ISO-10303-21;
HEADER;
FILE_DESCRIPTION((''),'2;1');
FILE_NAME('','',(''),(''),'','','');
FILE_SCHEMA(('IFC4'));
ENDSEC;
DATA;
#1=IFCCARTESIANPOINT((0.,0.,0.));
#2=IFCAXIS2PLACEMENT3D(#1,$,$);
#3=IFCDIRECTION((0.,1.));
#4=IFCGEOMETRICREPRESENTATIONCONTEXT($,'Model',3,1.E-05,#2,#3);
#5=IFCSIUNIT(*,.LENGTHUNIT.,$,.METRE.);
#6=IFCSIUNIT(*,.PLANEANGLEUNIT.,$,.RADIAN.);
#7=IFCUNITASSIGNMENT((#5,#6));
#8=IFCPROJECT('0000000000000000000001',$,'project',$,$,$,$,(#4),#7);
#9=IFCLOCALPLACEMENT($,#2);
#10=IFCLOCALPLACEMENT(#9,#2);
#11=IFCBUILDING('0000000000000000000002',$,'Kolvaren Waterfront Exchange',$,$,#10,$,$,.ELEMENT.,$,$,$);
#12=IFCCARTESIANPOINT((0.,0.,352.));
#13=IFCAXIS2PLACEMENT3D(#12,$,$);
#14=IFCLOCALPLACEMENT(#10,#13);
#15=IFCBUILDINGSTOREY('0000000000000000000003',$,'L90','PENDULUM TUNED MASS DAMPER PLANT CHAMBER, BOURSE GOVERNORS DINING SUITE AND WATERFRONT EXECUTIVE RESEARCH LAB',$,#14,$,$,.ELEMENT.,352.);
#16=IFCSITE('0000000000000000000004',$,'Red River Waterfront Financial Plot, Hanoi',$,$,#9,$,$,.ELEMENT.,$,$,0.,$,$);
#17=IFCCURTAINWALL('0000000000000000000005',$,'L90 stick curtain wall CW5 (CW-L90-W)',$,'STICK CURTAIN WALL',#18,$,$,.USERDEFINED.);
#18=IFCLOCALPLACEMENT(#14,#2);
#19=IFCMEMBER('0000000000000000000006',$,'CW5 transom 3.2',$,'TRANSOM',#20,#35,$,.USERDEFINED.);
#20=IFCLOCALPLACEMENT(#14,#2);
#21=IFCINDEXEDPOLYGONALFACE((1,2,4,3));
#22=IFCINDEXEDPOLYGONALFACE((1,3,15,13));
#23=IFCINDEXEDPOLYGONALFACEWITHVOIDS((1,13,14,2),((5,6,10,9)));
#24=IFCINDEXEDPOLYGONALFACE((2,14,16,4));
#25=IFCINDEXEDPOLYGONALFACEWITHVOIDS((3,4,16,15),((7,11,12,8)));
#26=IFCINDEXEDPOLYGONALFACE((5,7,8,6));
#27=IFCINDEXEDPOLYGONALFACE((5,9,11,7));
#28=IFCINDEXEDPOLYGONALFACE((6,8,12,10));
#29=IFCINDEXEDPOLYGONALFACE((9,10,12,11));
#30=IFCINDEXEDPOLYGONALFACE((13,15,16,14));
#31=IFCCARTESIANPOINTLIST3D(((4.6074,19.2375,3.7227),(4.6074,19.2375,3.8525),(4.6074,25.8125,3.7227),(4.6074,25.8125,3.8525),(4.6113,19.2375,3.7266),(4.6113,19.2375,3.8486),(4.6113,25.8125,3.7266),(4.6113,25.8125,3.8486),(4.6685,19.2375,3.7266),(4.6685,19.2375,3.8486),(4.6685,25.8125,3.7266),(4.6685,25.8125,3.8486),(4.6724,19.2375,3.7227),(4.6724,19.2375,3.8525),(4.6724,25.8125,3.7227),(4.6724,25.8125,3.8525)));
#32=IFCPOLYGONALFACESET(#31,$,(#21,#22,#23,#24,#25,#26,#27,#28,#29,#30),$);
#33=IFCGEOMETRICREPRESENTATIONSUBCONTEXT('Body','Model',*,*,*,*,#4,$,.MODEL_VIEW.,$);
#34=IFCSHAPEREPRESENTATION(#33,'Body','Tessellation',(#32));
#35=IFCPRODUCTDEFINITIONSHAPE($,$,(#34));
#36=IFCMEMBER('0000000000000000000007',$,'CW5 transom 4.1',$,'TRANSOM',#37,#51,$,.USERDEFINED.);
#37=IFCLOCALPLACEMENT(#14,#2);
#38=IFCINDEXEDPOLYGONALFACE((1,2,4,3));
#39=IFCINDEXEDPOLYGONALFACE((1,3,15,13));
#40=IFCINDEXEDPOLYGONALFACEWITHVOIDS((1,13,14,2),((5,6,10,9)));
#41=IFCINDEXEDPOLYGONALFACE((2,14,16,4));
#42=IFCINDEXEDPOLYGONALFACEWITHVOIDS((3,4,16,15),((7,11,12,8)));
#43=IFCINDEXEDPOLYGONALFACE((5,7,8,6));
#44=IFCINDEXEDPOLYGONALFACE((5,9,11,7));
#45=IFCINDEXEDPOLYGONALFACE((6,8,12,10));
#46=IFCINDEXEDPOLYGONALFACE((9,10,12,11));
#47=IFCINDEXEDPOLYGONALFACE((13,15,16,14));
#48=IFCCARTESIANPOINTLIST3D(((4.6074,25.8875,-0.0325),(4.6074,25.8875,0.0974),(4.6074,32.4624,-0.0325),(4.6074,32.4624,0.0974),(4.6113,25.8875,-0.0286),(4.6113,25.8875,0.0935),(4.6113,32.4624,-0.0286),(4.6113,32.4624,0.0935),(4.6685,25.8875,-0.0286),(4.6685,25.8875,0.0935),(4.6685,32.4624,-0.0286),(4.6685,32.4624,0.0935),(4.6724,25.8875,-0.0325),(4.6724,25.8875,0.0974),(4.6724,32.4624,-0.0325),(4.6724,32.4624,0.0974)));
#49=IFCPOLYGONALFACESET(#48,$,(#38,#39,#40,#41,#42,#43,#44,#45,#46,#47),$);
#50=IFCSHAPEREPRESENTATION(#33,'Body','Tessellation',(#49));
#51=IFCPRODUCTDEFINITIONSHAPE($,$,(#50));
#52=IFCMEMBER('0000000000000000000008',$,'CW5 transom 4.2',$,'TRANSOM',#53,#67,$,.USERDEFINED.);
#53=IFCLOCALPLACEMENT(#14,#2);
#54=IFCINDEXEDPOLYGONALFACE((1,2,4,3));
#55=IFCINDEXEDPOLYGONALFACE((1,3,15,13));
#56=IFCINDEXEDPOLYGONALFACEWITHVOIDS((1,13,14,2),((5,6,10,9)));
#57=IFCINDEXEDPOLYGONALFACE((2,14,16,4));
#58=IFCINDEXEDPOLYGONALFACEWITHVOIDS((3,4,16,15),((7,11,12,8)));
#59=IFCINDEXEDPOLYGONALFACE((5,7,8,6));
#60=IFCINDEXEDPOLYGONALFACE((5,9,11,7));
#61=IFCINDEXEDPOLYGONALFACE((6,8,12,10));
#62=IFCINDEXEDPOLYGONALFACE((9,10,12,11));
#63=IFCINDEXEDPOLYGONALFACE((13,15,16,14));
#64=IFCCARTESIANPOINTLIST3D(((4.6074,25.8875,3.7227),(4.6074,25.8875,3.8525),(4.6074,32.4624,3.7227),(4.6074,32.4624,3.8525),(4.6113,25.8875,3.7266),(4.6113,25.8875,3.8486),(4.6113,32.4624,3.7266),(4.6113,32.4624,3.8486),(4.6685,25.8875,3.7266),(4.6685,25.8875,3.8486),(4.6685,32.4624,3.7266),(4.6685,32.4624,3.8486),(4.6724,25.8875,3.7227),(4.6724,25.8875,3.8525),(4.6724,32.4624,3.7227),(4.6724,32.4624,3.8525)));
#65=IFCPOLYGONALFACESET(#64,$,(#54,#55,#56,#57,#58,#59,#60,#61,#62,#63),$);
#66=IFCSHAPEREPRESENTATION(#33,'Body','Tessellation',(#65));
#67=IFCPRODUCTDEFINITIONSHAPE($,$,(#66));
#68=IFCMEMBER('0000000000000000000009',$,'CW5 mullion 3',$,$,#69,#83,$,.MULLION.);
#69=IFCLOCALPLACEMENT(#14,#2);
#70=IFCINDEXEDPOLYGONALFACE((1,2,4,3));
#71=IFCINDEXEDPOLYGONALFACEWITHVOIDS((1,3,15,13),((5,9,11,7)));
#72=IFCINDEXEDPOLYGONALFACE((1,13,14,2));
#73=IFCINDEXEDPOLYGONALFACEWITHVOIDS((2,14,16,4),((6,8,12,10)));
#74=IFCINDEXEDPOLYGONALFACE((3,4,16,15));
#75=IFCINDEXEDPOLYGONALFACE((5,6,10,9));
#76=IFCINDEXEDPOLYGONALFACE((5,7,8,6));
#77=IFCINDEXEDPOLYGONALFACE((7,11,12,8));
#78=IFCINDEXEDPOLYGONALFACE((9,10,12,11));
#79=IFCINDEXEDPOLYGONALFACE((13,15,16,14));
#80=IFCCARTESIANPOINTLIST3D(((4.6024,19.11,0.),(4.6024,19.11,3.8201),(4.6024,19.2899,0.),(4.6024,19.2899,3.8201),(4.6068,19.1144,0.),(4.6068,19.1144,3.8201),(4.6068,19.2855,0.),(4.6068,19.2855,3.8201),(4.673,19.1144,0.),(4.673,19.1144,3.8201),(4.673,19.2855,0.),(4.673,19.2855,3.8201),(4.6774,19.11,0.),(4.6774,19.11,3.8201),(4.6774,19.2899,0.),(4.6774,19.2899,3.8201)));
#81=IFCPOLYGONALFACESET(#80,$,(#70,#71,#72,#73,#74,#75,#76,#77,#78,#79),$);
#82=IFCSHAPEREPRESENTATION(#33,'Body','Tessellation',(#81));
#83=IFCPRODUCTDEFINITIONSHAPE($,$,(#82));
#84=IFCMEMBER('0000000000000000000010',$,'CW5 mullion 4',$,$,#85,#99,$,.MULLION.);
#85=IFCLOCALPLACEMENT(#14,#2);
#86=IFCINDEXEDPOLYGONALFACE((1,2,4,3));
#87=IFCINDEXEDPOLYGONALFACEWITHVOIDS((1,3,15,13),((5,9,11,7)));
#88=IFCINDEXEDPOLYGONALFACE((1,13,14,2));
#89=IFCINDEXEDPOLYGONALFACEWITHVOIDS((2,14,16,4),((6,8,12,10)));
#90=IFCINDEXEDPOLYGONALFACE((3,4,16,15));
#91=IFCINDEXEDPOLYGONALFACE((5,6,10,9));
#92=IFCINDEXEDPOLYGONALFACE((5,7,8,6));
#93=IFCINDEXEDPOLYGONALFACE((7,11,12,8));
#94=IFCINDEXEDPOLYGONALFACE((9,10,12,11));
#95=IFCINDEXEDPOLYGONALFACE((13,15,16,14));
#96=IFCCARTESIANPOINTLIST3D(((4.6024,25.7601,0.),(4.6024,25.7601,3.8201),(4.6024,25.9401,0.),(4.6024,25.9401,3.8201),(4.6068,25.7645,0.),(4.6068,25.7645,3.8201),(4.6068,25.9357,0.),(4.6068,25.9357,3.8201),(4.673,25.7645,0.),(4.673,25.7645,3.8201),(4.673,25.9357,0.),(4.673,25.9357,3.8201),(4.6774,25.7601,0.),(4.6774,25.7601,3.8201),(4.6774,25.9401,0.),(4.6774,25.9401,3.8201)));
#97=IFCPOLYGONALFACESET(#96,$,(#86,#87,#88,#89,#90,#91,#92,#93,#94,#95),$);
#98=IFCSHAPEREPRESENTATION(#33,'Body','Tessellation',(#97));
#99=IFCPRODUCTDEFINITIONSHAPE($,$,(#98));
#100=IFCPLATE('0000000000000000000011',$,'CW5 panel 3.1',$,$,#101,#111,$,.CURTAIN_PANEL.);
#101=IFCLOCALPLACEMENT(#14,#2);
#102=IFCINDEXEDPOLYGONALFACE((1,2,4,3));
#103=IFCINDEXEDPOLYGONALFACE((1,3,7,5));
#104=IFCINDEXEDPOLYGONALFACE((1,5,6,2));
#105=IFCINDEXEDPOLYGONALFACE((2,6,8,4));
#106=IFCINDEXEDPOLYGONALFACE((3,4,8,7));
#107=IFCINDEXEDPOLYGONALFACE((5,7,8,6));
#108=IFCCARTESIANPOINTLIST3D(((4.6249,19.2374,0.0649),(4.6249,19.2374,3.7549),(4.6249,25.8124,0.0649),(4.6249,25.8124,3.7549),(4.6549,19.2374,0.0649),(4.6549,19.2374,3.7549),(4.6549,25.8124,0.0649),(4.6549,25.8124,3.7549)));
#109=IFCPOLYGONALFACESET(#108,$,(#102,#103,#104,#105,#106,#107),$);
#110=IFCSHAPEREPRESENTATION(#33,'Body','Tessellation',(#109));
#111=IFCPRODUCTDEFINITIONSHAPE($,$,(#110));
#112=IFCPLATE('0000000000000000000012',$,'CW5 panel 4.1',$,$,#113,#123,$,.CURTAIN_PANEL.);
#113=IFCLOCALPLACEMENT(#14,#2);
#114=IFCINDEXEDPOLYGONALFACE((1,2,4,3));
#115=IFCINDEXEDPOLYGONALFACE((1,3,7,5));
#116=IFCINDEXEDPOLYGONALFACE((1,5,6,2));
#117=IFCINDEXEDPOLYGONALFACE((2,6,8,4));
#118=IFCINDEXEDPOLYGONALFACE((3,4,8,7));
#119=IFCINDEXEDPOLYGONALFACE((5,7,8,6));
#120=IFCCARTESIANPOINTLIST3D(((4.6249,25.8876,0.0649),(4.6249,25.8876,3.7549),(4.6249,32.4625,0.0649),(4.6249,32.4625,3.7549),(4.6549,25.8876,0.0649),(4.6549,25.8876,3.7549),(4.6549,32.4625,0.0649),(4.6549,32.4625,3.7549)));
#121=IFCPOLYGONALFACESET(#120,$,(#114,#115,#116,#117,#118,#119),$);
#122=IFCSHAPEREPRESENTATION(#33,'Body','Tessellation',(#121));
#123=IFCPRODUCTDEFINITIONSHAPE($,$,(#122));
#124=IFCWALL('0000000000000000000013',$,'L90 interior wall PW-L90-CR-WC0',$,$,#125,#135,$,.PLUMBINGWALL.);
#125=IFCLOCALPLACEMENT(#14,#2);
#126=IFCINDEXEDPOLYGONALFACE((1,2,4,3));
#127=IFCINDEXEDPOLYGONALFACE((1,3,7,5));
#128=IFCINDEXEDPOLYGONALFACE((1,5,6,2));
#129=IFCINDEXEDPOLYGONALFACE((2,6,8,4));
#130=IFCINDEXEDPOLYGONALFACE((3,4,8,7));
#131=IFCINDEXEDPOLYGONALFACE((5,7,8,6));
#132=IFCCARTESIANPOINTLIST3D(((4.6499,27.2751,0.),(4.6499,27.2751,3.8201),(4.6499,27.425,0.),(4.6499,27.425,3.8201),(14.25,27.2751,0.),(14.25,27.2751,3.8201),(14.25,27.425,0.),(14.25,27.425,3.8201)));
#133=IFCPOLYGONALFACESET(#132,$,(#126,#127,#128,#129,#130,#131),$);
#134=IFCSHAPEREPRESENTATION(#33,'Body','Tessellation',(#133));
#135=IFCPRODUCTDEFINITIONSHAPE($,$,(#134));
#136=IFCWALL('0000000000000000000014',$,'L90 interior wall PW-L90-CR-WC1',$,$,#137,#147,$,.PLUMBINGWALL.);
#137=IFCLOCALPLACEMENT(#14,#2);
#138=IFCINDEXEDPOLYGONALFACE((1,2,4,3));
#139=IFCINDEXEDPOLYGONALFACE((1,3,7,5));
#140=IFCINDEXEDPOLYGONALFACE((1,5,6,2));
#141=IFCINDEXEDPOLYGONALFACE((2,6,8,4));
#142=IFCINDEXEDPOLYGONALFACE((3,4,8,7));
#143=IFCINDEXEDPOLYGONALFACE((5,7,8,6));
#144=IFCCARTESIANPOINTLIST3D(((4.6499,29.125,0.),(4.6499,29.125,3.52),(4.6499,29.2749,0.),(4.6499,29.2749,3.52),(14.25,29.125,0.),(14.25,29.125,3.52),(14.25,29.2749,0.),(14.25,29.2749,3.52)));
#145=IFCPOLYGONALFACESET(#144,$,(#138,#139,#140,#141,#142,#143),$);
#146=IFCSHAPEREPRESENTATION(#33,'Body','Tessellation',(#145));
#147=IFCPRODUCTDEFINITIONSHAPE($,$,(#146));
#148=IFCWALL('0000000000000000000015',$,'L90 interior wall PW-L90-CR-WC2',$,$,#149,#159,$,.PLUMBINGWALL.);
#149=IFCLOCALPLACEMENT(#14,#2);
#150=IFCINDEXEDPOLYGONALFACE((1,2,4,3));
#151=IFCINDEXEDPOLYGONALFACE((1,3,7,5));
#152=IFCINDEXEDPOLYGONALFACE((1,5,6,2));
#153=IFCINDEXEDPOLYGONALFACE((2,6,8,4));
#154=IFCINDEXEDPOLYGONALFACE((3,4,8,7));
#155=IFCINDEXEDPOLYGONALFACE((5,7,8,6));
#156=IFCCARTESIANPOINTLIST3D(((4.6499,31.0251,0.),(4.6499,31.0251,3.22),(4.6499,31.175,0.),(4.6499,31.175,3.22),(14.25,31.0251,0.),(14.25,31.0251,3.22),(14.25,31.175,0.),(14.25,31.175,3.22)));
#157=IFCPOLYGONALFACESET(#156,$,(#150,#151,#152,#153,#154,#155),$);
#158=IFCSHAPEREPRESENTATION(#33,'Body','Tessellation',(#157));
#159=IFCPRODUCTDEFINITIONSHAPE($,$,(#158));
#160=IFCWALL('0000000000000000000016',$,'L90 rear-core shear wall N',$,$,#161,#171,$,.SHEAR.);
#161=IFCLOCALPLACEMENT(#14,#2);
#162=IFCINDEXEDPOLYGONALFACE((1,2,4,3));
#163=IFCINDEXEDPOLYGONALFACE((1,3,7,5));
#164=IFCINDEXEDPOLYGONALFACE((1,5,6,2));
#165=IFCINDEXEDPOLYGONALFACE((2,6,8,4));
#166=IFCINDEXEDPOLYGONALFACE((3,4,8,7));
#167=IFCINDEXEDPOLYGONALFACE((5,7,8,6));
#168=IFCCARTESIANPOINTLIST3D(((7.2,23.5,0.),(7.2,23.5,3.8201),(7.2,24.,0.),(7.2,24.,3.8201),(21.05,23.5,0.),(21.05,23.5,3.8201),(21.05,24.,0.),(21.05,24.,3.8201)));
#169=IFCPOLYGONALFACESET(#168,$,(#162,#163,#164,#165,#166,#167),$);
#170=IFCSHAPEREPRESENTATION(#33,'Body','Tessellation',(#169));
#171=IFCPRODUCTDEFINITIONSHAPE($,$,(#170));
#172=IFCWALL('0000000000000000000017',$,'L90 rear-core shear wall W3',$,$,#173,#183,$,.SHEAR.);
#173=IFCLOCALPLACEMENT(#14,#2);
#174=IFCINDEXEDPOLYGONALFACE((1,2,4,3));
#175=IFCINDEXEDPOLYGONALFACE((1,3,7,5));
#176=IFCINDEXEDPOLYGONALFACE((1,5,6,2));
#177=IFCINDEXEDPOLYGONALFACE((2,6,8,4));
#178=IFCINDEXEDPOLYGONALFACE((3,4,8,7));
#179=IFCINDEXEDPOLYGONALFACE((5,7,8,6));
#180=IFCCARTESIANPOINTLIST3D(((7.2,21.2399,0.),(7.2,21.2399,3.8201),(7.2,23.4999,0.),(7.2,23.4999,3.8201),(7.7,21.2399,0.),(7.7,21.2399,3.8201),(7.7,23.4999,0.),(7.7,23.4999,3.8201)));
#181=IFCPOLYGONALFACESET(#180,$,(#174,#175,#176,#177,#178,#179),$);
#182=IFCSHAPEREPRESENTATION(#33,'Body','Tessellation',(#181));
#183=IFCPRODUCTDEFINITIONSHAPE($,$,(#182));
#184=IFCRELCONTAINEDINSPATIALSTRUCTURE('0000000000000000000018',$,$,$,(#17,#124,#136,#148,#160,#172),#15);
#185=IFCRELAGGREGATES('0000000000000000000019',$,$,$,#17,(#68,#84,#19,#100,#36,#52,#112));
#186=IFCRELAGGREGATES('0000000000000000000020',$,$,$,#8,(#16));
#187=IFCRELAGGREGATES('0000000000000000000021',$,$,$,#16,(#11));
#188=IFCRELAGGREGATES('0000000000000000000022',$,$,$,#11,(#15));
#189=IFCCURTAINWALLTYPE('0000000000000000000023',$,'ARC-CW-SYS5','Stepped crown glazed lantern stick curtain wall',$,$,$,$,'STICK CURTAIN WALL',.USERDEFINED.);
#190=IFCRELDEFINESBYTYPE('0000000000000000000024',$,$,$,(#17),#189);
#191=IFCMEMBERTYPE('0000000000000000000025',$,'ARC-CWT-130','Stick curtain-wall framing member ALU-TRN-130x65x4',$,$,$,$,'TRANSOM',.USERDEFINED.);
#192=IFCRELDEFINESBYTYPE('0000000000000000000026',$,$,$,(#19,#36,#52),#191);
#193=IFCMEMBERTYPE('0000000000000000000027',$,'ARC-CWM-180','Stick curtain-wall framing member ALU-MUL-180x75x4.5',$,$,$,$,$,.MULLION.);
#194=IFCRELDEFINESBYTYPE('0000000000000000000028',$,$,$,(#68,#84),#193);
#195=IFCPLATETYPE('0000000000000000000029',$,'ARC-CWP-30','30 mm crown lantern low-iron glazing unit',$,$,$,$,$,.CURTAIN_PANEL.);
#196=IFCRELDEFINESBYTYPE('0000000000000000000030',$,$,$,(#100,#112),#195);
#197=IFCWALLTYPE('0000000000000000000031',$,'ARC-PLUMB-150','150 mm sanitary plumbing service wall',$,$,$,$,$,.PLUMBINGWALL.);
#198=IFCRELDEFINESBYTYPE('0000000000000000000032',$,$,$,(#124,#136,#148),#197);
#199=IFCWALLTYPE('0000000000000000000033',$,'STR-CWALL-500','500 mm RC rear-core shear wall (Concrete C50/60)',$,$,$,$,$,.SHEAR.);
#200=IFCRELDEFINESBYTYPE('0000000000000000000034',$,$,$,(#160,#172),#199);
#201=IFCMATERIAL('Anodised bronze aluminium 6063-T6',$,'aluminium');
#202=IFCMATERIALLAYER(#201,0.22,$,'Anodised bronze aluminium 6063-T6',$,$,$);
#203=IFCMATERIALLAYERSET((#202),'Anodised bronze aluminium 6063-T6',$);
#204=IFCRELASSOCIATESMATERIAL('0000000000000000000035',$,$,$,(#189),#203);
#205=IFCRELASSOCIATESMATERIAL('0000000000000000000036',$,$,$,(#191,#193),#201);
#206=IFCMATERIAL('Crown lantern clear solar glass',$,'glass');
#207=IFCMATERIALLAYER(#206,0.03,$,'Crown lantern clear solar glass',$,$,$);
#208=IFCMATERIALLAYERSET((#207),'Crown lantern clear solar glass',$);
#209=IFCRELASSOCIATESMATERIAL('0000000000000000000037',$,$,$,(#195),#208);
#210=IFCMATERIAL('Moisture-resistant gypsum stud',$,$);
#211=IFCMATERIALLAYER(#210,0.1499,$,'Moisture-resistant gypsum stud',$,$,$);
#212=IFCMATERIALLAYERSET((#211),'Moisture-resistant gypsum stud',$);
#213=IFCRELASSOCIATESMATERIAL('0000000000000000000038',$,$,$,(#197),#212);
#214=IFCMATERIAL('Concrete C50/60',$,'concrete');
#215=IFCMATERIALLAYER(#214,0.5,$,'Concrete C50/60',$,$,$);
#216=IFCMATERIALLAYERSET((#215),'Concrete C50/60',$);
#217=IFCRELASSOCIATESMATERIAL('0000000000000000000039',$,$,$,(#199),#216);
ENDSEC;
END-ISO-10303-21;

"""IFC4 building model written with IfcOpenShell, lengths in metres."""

from ifc_helpers import new_model, si_unit, direction, frame, frame_2d, origin, origin_with_axes, origin_2d, place, context, subcontext, project, spatial, rectangle, hollow_rectangle, extrude, source, transform, mapped, material, layer, layer_set, material_profile, profile_set, type_object, element, aggregate, save


model = new_model("IFC4")

# Units and contexts
model_context = context("Model", 3, precision=1e-05, world=origin(), true_north=direction((0.0, 1.0)))
body_context = subcontext(model_context, "Body", "Model", "MODEL_VIEW")
ifc_project = project(units=[si_unit("LENGTHUNIT", "METRE"), si_unit("PLANEANGLEUNIT", "RADIAN")], contexts=[model_context])

# Site, building, storey
site_placement = place(None, origin())
site = spatial("IfcSite", under=ifc_project, at=site_placement, Name="Red River Waterfront Financial Plot, Hanoi", CompositionType="ELEMENT", RefElevation=0.0)
building_placement = place(site_placement, origin())
building = spatial("IfcBuilding", under=site, at=building_placement, Name="Kolvaren Waterfront Exchange", CompositionType="ELEMENT")
storey_placement = place(building_placement, frame((0.0, 0.0, 352.0)))
storey = spatial("IfcBuildingStorey", under=building, at=storey_placement, Name="L90", Description="PENDULUM TUNED MASS DAMPER PLANT CHAMBER, BOURSE GOVERNORS DINING SUITE AND WATERFRONT EXECUTIVE RESEARCH LAB", CompositionType="ELEMENT", Elevation=352.0)

# Shared definitions
ifc_material_1 = material(Name="Concrete C50/60", Category="concrete")

# Curtain wall, members, plates
ifc_material_2 = material(Name="Anodised bronze aluminium 6063-T6", Category="aluminium")
ifc_layer_1 = layer(ifc_material_2, 0.22, Name="Anodised bronze aluminium 6063-T6")
ifc_layer_set_1 = layer_set([ifc_layer_1], Name="Anodised bronze aluminium 6063-T6")
curtain_wall_type = type_object("IfcCurtainWallType", Name="ARC-CW-SYS5", Description="Stepped crown glazed lantern stick curtain wall", ElementType="STICK CURTAIN WALL", PredefinedType="USERDEFINED", material=ifc_layer_set_1)
curtain_wall_placement = place(storey_placement, origin())
curtain_wall = element("IfcCurtainWall", 1, at=curtain_wall_placement, inside=storey, type_object=curtain_wall_type, Name="L90 stick curtain wall CW5 (CW-L90-W)", ObjectType="STICK CURTAIN WALL", PredefinedType="USERDEFINED")
ifc_material_profile_1 = material_profile(ifc_material_2, hollow_rectangle(XDim=0.0649, YDim=0.1299, WallThickness=0.0039, at=origin_2d()), Name="ALU-TRN-130x65x4")
ifc_profile_set_1 = profile_set([ifc_material_profile_1], Name="Anodised bronze aluminium 6063-T6")
member_type_1 = type_object("IfcMemberType", Name="ARC-CWT-130", Description="Stick curtain-wall framing member ALU-TRN-130x65x4", ElementType="TRANSOM", PredefinedType="USERDEFINED", material=ifc_profile_set_1)
shared_shape_1 = source(origin_with_axes(), body_context, "Body", "SweptSolid", [
    extrude(hollow_rectangle(XDim=0.0649, YDim=0.1299, WallThickness=0.0039, at=origin_2d()), origin(), (0.0, 0.0, 1.0), 6.575),
])
member_1_placement = place(storey_placement, frame((4.6399, 19.2375, 3.7876), z_axis=(0.0, 1.0, 0.0), x_axis=(-1.0, 0.0, 0.0)))
member_1 = element("IfcMember", 2, at=member_1_placement, type_object=member_type_1, Name="CW5 transom 3.2", ObjectType="TRANSOM", PredefinedType="USERDEFINED", context=body_context, shape_type="MappedRepresentation", body=[
    mapped(shared_shape_1, transform((0.0, 0.0, 0.0), x_axis=(1.0, 0.0, 0.0), y_axis=(0.0, 1.0, 0.0), z_axis=(0.0, 0.0, 1.0), scale=1.0)),
])
member_2_placement = place(storey_placement, frame((4.6399, 25.8875, 0.0325), z_axis=(0.0, 1.0, 0.0), x_axis=(-1.0, 0.0, 0.0)))
member_2 = element("IfcMember", 3, at=member_2_placement, type_object=member_type_1, Name="CW5 transom 4.1", ObjectType="TRANSOM", PredefinedType="USERDEFINED", context=body_context, shape_type="MappedRepresentation", body=[
    mapped(shared_shape_1, transform((0.0, 0.0, 0.0), x_axis=(1.0, 0.0, 0.0), y_axis=(0.0, 1.0, 0.0), z_axis=(0.0, 0.0, 1.0), scale=1.0)),
])
member_3_placement = place(storey_placement, frame((4.6399, 25.8875, 3.7876), z_axis=(0.0, 1.0, 0.0), x_axis=(-1.0, 0.0, 0.0)))
member_3 = element("IfcMember", 4, at=member_3_placement, type_object=member_type_1, Name="CW5 transom 4.2", ObjectType="TRANSOM", PredefinedType="USERDEFINED", context=body_context, shape_type="MappedRepresentation", body=[
    mapped(shared_shape_1, transform((0.0, 0.0, 0.0), x_axis=(1.0, 0.0, 0.0), y_axis=(0.0, 1.0, 0.0), z_axis=(0.0, 0.0, 1.0), scale=1.0)),
])
ifc_material_profile_2 = material_profile(ifc_material_2, hollow_rectangle(XDim=0.075, YDim=0.1799, WallThickness=0.0044, at=origin_2d()), Name="ALU-MUL-180x75x4.5")
ifc_profile_set_2 = profile_set([ifc_material_profile_2], Name="Anodised bronze aluminium 6063-T6")
member_type_2 = type_object("IfcMemberType", Name="ARC-CWM-180", Description="Stick curtain-wall framing member ALU-MUL-180x75x4.5", PredefinedType="MULLION", material=ifc_profile_set_2)
shared_shape_2 = source(origin_with_axes(), body_context, "Body", "SweptSolid", [
    extrude(hollow_rectangle(XDim=0.075, YDim=0.1799, WallThickness=0.0044, at=origin_2d()), origin(), (0.0, 0.0, 1.0), 3.8201),
])
member_4_placement = place(storey_placement, frame((4.6399, 19.2, 0.0), z_axis=(0.0, 0.0, 1.0), x_axis=(-1.0, 0.0, 0.0)))
member_4 = element("IfcMember", 5, at=member_4_placement, type_object=member_type_2, Name="CW5 mullion 3", PredefinedType="MULLION", context=body_context, shape_type="MappedRepresentation", body=[
    mapped(shared_shape_2, transform((0.0, 0.0, 0.0), x_axis=(1.0, 0.0, 0.0), y_axis=(0.0, 1.0, 0.0), z_axis=(0.0, 0.0, 1.0), scale=1.0)),
])
member_5_placement = place(storey_placement, frame((4.6399, 25.8501, 0.0), z_axis=(0.0, 0.0, 1.0), x_axis=(-1.0, 0.0, 0.0)))
member_5 = element("IfcMember", 6, at=member_5_placement, type_object=member_type_2, Name="CW5 mullion 4", PredefinedType="MULLION", context=body_context, shape_type="MappedRepresentation", body=[
    mapped(shared_shape_2, transform((0.0, 0.0, 0.0), x_axis=(1.0, 0.0, 0.0), y_axis=(0.0, 1.0, 0.0), z_axis=(0.0, 0.0, 1.0), scale=1.0)),
])
ifc_material_3 = material(Name="Crown lantern clear solar glass", Category="glass")
ifc_layer_2 = layer(ifc_material_3, 0.03, Name="Crown lantern clear solar glass")
ifc_layer_set_2 = layer_set([ifc_layer_2], Name="Crown lantern clear solar glass")
plate_type = type_object("IfcPlateType", Name="ARC-CWP-30", Description="30 mm crown lantern low-iron glazing unit", PredefinedType="CURTAIN_PANEL", material=ifc_layer_set_2)
shared_shape_3 = source(origin_with_axes(), body_context, "Body", "SweptSolid", [
    extrude(rectangle(XDim=6.575, YDim=0.03, at=origin_2d()), origin(), (0.0, 0.0, 1.0), 3.6899),
])
plate_1_placement = place(storey_placement, frame((4.6399, 22.5249, 0.0649), z_axis=(0.0, 0.0, 1.0), x_axis=(0.0, 1.0, 0.0)))
plate_1 = element("IfcPlate", 7, at=plate_1_placement, type_object=plate_type, Name="CW5 panel 3.1", PredefinedType="CURTAIN_PANEL", context=body_context, shape_type="MappedRepresentation", body=[
    mapped(shared_shape_3, transform((0.0, 0.0, 0.0), x_axis=(1.0, 0.0, 0.0), y_axis=(0.0, 1.0, 0.0), z_axis=(0.0, 0.0, 1.0), scale=1.0)),
])
plate_2_placement = place(storey_placement, frame((4.6399, 29.175, 0.0649), z_axis=(0.0, 0.0, 1.0), x_axis=(0.0, 1.0, 0.0)))
plate_2 = element("IfcPlate", 8, at=plate_2_placement, type_object=plate_type, Name="CW5 panel 4.1", PredefinedType="CURTAIN_PANEL", context=body_context, shape_type="MappedRepresentation", body=[
    mapped(shared_shape_3, transform((0.0, 0.0, 0.0), x_axis=(1.0, 0.0, 0.0), y_axis=(0.0, 1.0, 0.0), z_axis=(0.0, 0.0, 1.0), scale=1.0)),
])
aggregate(curtain_wall, [member_4, member_5, member_1, plate_1, member_2, member_3, plate_2])

# Walls
ifc_material_4 = material(Name="Moisture-resistant gypsum stud")
ifc_layer_3 = layer(ifc_material_4, 0.1499, Name="Moisture-resistant gypsum stud")
ifc_layer_set_3 = layer_set([ifc_layer_3], Name="Moisture-resistant gypsum stud")
wall_type_1 = type_object("IfcWallType", Name="ARC-PLUMB-150", Description="150 mm sanitary plumbing service wall", PredefinedType="PLUMBINGWALL", material=ifc_layer_set_3)
wall_1_placement = place(storey_placement, frame((4.6499, 27.3501, 0.0), z_axis=(0.0, 0.0, 1.0), x_axis=(1.0, 0.0, 0.0)))
element("IfcWall", 9, at=wall_1_placement, inside=storey, type_object=wall_type_1, Name="L90 interior wall PW-L90-CR-WC0", PredefinedType="PLUMBINGWALL", context=body_context, shape_type="SweptSolid", body=[
    extrude(rectangle(XDim=9.6001, YDim=0.1499, at=frame_2d((4.8, 0.0))), origin(), (0.0, 0.0, 1.0), 3.8201),
])
wall_2_placement = place(storey_placement, frame((4.6499, 29.2, 0.0), z_axis=(0.0, 0.0, 1.0), x_axis=(1.0, 0.0, 0.0)))
element("IfcWall", 10, at=wall_2_placement, inside=storey, type_object=wall_type_1, Name="L90 interior wall PW-L90-CR-WC1", PredefinedType="PLUMBINGWALL", context=body_context, shape_type="SweptSolid", body=[
    extrude(rectangle(XDim=9.6001, YDim=0.1499, at=frame_2d((4.8, 0.0))), origin(), (0.0, 0.0, 1.0), 3.52),
])
wall_3_placement = place(storey_placement, frame((4.6499, 31.1001, 0.0), z_axis=(0.0, 0.0, 1.0), x_axis=(1.0, 0.0, 0.0)))
element("IfcWall", 11, at=wall_3_placement, inside=storey, type_object=wall_type_1, Name="L90 interior wall PW-L90-CR-WC2", PredefinedType="PLUMBINGWALL", context=body_context, shape_type="SweptSolid", body=[
    extrude(rectangle(XDim=9.6001, YDim=0.1499, at=frame_2d((4.8, 0.0))), origin(), (0.0, 0.0, 1.0), 3.22),
])
ifc_layer_4 = layer(ifc_material_1, 0.5, Name="Concrete C50/60")
ifc_layer_set_4 = layer_set([ifc_layer_4], Name="Concrete C50/60")
wall_type_2 = type_object("IfcWallType", Name="STR-CWALL-500", Description="500 mm RC rear-core shear wall (Concrete C50/60)", PredefinedType="SHEAR", material=ifc_layer_set_4)
wall_4_placement = place(storey_placement, frame((7.2, 23.75, 0.0), z_axis=(0.0, 0.0, 1.0), x_axis=(1.0, 0.0, 0.0)))
element("IfcWall", 12, at=wall_4_placement, inside=storey, type_object=wall_type_2, Name="L90 rear-core shear wall N", PredefinedType="SHEAR", context=body_context, shape_type="SweptSolid", body=[
    extrude(rectangle(XDim=13.8501, YDim=0.5, at=frame_2d((6.925, 0.0))), origin(), (0.0, 0.0, 1.0), 3.8201),
])
wall_5_placement = place(storey_placement, frame((7.45, 21.24, 0.0), z_axis=(0.0, 0.0, 1.0), x_axis=(0.0, 1.0, 0.0)))
element("IfcWall", 13, at=wall_5_placement, inside=storey, type_object=wall_type_2, Name="L90 rear-core shear wall W3", PredefinedType="SHEAR", context=body_context, shape_type="SweptSolid", body=[
    extrude(rectangle(XDim=2.26, YDim=0.5, at=frame_2d((1.1299, 0.0))), origin(), (0.0, 0.0, 1.0), 3.8201),
])

save(model, "model.ifc")
